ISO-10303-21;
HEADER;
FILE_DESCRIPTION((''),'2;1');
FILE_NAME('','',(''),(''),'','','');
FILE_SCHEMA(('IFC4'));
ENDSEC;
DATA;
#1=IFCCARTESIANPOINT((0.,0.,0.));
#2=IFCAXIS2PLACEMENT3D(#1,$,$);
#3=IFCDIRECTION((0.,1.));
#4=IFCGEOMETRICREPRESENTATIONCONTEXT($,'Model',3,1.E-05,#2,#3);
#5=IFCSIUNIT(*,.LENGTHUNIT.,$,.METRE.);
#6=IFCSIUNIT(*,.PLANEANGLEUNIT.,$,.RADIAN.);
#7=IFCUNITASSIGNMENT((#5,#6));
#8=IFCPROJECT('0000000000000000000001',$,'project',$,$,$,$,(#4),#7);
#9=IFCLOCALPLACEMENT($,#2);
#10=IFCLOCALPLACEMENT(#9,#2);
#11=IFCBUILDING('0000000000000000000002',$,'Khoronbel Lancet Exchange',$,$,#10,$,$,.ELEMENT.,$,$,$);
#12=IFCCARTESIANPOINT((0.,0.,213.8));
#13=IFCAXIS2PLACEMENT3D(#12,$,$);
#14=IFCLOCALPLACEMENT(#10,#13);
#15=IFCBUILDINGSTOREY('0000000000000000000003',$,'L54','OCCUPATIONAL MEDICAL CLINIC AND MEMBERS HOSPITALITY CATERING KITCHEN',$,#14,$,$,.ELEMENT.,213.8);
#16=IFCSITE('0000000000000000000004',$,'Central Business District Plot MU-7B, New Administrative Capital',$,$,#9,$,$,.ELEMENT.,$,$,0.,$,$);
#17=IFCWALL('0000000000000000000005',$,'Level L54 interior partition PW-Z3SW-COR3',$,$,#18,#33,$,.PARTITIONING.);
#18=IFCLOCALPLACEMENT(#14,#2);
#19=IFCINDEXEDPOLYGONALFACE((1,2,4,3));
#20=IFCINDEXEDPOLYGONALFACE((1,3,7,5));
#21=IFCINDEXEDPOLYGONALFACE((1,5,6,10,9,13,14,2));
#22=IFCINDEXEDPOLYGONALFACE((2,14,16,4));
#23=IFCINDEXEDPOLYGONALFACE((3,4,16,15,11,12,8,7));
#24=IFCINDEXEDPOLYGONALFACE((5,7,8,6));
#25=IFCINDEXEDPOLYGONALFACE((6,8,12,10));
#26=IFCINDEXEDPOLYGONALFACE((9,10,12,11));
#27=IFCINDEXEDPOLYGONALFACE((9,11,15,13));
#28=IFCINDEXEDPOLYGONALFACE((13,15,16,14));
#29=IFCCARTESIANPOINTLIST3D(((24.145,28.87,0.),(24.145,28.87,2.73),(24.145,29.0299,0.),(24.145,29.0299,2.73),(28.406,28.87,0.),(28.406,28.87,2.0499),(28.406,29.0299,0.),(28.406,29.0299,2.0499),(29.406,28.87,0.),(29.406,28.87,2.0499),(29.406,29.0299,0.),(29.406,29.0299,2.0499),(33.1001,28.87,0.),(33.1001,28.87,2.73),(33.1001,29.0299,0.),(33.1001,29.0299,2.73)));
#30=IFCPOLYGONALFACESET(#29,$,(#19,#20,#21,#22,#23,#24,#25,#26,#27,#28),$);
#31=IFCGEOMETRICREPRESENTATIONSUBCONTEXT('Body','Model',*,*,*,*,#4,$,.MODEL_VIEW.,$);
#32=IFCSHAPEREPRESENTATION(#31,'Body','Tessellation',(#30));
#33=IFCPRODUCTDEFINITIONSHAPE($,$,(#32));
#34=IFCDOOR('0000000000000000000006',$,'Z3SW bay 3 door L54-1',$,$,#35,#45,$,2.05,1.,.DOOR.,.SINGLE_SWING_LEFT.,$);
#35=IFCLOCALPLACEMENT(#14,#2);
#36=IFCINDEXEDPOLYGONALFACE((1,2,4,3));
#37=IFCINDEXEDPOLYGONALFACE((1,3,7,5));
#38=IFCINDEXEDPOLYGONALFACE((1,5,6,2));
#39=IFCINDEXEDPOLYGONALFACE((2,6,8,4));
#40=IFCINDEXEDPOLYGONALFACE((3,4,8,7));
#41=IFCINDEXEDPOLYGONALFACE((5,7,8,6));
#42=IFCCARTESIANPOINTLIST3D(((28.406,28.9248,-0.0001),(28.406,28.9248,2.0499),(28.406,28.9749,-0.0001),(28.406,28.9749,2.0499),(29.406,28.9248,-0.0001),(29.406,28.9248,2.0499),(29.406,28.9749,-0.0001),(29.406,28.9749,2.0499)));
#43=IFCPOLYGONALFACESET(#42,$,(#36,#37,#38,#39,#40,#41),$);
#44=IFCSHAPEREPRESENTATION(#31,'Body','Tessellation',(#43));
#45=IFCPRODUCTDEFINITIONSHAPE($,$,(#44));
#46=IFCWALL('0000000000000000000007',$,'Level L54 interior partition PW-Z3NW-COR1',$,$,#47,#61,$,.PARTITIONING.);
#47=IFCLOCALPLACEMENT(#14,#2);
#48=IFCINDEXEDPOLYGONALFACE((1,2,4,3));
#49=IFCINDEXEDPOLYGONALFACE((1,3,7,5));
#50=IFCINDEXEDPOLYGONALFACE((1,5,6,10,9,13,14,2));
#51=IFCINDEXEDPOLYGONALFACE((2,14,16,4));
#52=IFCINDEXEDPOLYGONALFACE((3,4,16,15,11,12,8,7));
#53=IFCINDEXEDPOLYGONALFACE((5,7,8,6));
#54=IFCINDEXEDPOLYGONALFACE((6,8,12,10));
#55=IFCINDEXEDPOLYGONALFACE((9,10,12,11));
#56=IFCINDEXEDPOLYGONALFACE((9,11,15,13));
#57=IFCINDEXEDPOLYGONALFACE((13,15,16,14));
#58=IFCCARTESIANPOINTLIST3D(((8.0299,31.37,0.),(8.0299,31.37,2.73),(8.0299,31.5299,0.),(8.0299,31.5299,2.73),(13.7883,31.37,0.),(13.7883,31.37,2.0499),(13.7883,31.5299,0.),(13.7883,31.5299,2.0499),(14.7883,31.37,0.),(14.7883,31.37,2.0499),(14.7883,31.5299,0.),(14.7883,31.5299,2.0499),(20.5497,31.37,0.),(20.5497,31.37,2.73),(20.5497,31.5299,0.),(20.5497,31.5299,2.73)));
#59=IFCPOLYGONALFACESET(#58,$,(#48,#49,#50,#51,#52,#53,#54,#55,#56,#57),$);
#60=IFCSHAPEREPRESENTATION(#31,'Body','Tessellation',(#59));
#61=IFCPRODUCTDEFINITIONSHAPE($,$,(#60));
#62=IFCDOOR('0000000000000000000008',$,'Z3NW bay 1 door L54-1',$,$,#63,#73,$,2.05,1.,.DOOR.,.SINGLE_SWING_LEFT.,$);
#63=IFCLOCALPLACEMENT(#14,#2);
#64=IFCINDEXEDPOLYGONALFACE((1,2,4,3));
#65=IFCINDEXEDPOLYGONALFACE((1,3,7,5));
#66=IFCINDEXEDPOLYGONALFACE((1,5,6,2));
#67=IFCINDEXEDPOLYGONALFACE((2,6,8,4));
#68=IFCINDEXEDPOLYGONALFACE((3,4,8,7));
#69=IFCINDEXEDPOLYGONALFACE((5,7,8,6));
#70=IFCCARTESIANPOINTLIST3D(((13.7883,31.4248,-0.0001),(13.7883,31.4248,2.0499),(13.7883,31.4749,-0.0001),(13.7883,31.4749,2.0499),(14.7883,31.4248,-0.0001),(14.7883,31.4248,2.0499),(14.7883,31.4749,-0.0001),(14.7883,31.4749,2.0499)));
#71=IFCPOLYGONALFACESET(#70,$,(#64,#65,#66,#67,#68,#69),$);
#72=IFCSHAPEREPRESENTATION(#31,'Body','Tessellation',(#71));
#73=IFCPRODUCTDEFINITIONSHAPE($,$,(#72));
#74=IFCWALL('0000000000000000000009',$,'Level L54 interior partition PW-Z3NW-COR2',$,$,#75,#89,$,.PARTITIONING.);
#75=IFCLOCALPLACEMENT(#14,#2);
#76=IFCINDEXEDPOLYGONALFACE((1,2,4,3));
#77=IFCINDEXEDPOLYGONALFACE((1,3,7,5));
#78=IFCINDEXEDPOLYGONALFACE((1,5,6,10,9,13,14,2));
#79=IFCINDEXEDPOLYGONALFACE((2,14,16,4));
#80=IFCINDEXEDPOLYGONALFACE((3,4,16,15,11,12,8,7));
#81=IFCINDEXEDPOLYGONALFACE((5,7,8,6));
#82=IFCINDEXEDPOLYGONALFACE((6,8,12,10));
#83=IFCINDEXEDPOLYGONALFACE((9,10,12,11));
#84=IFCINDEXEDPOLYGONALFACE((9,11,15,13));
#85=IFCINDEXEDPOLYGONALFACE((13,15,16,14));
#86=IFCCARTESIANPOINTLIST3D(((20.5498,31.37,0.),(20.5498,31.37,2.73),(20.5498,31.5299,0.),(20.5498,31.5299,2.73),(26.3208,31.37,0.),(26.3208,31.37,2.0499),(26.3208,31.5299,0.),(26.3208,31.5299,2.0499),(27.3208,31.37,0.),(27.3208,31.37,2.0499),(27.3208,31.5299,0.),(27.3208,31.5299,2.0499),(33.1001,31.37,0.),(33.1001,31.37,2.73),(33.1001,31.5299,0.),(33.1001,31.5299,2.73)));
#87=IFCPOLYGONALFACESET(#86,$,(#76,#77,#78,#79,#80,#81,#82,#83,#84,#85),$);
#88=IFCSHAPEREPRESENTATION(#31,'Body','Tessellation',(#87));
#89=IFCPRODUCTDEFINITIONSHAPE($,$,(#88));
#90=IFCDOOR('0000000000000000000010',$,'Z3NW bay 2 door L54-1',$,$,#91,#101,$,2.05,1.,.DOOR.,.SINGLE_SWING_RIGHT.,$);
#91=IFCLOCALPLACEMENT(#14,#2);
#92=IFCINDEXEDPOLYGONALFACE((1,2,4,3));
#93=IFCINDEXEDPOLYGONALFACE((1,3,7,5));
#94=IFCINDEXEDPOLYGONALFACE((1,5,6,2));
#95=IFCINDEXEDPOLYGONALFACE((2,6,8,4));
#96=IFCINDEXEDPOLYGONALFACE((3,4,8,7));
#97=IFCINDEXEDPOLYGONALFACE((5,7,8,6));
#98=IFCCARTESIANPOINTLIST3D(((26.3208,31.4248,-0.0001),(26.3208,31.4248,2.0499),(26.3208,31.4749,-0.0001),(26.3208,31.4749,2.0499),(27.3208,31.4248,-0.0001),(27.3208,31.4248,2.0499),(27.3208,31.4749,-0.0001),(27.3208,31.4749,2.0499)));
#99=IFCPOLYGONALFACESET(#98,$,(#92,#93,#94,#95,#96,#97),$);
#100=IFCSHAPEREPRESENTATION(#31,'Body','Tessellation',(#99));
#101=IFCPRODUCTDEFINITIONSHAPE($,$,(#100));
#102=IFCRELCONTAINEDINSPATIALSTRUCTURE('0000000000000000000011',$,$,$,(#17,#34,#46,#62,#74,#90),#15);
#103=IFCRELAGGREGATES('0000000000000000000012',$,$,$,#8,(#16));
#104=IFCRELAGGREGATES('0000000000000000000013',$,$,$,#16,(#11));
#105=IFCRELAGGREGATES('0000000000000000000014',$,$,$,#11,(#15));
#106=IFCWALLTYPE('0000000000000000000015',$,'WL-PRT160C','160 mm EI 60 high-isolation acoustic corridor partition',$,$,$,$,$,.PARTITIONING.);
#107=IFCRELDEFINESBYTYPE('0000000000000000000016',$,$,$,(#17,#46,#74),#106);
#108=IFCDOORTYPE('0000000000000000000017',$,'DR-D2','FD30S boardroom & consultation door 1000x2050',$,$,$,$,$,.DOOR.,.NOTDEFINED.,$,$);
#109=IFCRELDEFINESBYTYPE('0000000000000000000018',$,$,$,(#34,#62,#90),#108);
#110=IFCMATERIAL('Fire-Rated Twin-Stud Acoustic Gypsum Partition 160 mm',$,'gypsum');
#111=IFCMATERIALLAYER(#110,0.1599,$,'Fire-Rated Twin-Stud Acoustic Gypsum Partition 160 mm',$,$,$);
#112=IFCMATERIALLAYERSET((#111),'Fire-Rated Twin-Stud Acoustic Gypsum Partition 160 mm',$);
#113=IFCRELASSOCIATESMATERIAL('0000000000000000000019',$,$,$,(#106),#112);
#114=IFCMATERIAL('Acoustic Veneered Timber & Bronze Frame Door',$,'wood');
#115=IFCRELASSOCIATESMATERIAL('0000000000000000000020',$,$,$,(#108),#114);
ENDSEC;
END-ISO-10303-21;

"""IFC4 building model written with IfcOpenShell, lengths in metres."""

from ifc_helpers import new_model, si_unit, direction, frame, frame_2d, origin, place, context, subcontext, project, spatial, rectangle, extrude, material, layer, layer_set, type_object, element, fill, save


model = new_model("IFC4")

# Units and contexts
model_context = context("Model", 3, precision=1e-05, world=origin(), true_north=direction((0.0, 1.0)))
body_context = subcontext(model_context, "Body", "Model", "MODEL_VIEW")
ifc_project = project(units=[si_unit("LENGTHUNIT", "METRE"), si_unit("PLANEANGLEUNIT", "RADIAN")], contexts=[model_context])

# Site, building, storey
site_placement = place(None, origin())
site = spatial("IfcSite", under=ifc_project, at=site_placement, Name="Central Business District Plot MU-7B, New Administrative Capital", CompositionType="ELEMENT", RefElevation=0.0)
building_placement = place(site_placement, origin())
building = spatial("IfcBuilding", under=site, at=building_placement, Name="Khoronbel Lancet Exchange", CompositionType="ELEMENT")
storey_placement = place(building_placement, frame((0.0, 0.0, 213.8)))
storey = spatial("IfcBuildingStorey", under=building, at=storey_placement, Name="L54", Description="OCCUPATIONAL MEDICAL CLINIC AND MEMBERS HOSPITALITY CATERING KITCHEN", CompositionType="ELEMENT", Elevation=213.8)

# Walls, openings, doors
ifc_material_1 = material(Name="Fire-Rated Twin-Stud Acoustic Gypsum Partition 160 mm", Category="gypsum")
ifc_layer_1 = layer(ifc_material_1, 0.1599, Name="Fire-Rated Twin-Stud Acoustic Gypsum Partition 160 mm")
ifc_layer_set_1 = layer_set([ifc_layer_1], Name="Fire-Rated Twin-Stud Acoustic Gypsum Partition 160 mm")
wall_type_1 = type_object("IfcWallType", Name="WL-PRT160C", Description="160 mm EI 60 high-isolation acoustic corridor partition", PredefinedType="PARTITIONING", material=ifc_layer_set_1)
ifc_material_2 = material(Name="Acoustic Veneered Timber & Bronze Frame Door", Category="wood")
door_type_1 = type_object("IfcDoorType", Name="DR-D2", Description="FD30S boardroom & consultation door 1000x2050", OperationType="NOTDEFINED", PredefinedType="DOOR", material=ifc_material_2)
wall_1_placement = place(storey_placement, frame((24.145, 28.95, 0.0), z_axis=(0.0, 0.0, 1.0), x_axis=(1.0, 0.0, 0.0)))
wall_1 = element("IfcWall", 1, at=wall_1_placement, inside=storey, type_object=wall_type_1, Name="Level L54 interior partition PW-Z3SW-COR3", PredefinedType="PARTITIONING", context=body_context, shape_type="SweptSolid", body=[
    extrude(rectangle(XDim=8.9551, YDim=0.1599, at=frame_2d((4.4775, 0.0))), origin(), (0.0, 0.0, 1.0), 2.73),
])
opening_1_placement = place(wall_1_placement, frame((4.261, 0.0, 0.0)))
opening_1 = element("IfcOpeningElement", 2, at=opening_1_placement, cuts=wall_1, PredefinedType="OPENING", context=body_context, shape_type="SweptSolid", body=[
    extrude(rectangle(XDim=1.0, YDim=2.05, at=frame_2d((0.5, 1.0249))), frame((0.0, 0.0898, 0.0), z_axis=(0.0, -1.0, 0.0), x_axis=(1.0, 0.0, 0.0)), (0.0, 0.0, 1.0), 0.1799),
])
door_1_placement = place(opening_1_placement, origin())
door_1 = element("IfcDoor", 3, at=door_1_placement, inside=storey, type_object=door_type_1, Name="Z3SW bay 3 door L54-1", OperationType="SINGLE_SWING_LEFT", OverallHeight=2.05, OverallWidth=1.0, PredefinedType="DOOR", context=body_context, shape_type="SweptSolid", body=[
    extrude(rectangle(XDim=1.0, YDim=2.05, at=frame_2d((0.5, 1.0249))), frame((0.0, 0.0249, 0.0), z_axis=(0.0, -1.0, 0.0), x_axis=(1.0, 0.0, 0.0)), (0.0, 0.0, 1.0), 0.05),
])
fill(opening_1, door_1)
wall_2_placement = place(storey_placement, frame((8.03, 31.45, 0.0), z_axis=(0.0, 0.0, 1.0), x_axis=(1.0, 0.0, 0.0)))
wall_2 = element("IfcWall", 4, at=wall_2_placement, inside=storey, type_object=wall_type_1, Name="Level L54 interior partition PW-Z3NW-COR1", PredefinedType="PARTITIONING", context=body_context, shape_type="SweptSolid", body=[
    extrude(rectangle(XDim=12.5198, YDim=0.1599, at=frame_2d((6.2598, 0.0))), origin(), (0.0, 0.0, 1.0), 2.73),
])
opening_2_placement = place(wall_2_placement, frame((5.7583, 0.0, 0.0)))
opening_2 = element("IfcOpeningElement", 5, at=opening_2_placement, cuts=wall_2, PredefinedType="OPENING", context=body_context, shape_type="SweptSolid", body=[
    extrude(rectangle(XDim=1.0, YDim=2.05, at=frame_2d((0.5, 1.0249))), frame((0.0, 0.0898, 0.0), z_axis=(0.0, -1.0, 0.0), x_axis=(1.0, 0.0, 0.0)), (0.0, 0.0, 1.0), 0.1799),
])
door_2_placement = place(opening_2_placement, origin())
door_2 = element("IfcDoor", 6, at=door_2_placement, inside=storey, type_object=door_type_1, Name="Z3NW bay 1 door L54-1", OperationType="SINGLE_SWING_LEFT", OverallHeight=2.05, OverallWidth=1.0, PredefinedType="DOOR", context=body_context, shape_type="SweptSolid", body=[
    extrude(rectangle(XDim=1.0, YDim=2.05, at=frame_2d((0.5, 1.0249))), frame((0.0, 0.0249, 0.0), z_axis=(0.0, -1.0, 0.0), x_axis=(1.0, 0.0, 0.0)), (0.0, 0.0, 1.0), 0.05),
])
fill(opening_2, door_2)
wall_3_placement = place(storey_placement, frame((20.5498, 31.45, 0.0), z_axis=(0.0, 0.0, 1.0), x_axis=(1.0, 0.0, 0.0)))
wall_3 = element("IfcWall", 7, at=wall_3_placement, inside=storey, type_object=wall_type_1, Name="Level L54 interior partition PW-Z3NW-COR2", PredefinedType="PARTITIONING", context=body_context, shape_type="SweptSolid", body=[
    extrude(rectangle(XDim=12.5503, YDim=0.1599, at=frame_2d((6.2751, 0.0))), origin(), (0.0, 0.0, 1.0), 2.73),
])
opening_3_placement = place(wall_3_placement, frame((5.771, 0.0, 0.0)))
opening_3 = element("IfcOpeningElement", 8, at=opening_3_placement, cuts=wall_3, PredefinedType="OPENING", context=body_context, shape_type="SweptSolid", body=[
    extrude(rectangle(XDim=1.0, YDim=2.05, at=frame_2d((0.5, 1.0249))), frame((0.0, 0.0898, 0.0), z_axis=(0.0, -1.0, 0.0), x_axis=(1.0, 0.0, 0.0)), (0.0, 0.0, 1.0), 0.1799),
])
door_3_placement = place(opening_3_placement, origin())
door_3 = element("IfcDoor", 9, at=door_3_placement, inside=storey, type_object=door_type_1, Name="Z3NW bay 2 door L54-1", OperationType="SINGLE_SWING_RIGHT", OverallHeight=2.05, OverallWidth=1.0, PredefinedType="DOOR", context=body_context, shape_type="SweptSolid", body=[
    extrude(rectangle(XDim=1.0, YDim=2.05, at=frame_2d((0.5, 1.0249))), frame((0.0, 0.0249, 0.0), z_axis=(0.0, -1.0, 0.0), x_axis=(1.0, 0.0, 0.0)), (0.0, 0.0, 1.0), 0.05),
])
fill(opening_3, door_3)

save(model, "model.ifc")
